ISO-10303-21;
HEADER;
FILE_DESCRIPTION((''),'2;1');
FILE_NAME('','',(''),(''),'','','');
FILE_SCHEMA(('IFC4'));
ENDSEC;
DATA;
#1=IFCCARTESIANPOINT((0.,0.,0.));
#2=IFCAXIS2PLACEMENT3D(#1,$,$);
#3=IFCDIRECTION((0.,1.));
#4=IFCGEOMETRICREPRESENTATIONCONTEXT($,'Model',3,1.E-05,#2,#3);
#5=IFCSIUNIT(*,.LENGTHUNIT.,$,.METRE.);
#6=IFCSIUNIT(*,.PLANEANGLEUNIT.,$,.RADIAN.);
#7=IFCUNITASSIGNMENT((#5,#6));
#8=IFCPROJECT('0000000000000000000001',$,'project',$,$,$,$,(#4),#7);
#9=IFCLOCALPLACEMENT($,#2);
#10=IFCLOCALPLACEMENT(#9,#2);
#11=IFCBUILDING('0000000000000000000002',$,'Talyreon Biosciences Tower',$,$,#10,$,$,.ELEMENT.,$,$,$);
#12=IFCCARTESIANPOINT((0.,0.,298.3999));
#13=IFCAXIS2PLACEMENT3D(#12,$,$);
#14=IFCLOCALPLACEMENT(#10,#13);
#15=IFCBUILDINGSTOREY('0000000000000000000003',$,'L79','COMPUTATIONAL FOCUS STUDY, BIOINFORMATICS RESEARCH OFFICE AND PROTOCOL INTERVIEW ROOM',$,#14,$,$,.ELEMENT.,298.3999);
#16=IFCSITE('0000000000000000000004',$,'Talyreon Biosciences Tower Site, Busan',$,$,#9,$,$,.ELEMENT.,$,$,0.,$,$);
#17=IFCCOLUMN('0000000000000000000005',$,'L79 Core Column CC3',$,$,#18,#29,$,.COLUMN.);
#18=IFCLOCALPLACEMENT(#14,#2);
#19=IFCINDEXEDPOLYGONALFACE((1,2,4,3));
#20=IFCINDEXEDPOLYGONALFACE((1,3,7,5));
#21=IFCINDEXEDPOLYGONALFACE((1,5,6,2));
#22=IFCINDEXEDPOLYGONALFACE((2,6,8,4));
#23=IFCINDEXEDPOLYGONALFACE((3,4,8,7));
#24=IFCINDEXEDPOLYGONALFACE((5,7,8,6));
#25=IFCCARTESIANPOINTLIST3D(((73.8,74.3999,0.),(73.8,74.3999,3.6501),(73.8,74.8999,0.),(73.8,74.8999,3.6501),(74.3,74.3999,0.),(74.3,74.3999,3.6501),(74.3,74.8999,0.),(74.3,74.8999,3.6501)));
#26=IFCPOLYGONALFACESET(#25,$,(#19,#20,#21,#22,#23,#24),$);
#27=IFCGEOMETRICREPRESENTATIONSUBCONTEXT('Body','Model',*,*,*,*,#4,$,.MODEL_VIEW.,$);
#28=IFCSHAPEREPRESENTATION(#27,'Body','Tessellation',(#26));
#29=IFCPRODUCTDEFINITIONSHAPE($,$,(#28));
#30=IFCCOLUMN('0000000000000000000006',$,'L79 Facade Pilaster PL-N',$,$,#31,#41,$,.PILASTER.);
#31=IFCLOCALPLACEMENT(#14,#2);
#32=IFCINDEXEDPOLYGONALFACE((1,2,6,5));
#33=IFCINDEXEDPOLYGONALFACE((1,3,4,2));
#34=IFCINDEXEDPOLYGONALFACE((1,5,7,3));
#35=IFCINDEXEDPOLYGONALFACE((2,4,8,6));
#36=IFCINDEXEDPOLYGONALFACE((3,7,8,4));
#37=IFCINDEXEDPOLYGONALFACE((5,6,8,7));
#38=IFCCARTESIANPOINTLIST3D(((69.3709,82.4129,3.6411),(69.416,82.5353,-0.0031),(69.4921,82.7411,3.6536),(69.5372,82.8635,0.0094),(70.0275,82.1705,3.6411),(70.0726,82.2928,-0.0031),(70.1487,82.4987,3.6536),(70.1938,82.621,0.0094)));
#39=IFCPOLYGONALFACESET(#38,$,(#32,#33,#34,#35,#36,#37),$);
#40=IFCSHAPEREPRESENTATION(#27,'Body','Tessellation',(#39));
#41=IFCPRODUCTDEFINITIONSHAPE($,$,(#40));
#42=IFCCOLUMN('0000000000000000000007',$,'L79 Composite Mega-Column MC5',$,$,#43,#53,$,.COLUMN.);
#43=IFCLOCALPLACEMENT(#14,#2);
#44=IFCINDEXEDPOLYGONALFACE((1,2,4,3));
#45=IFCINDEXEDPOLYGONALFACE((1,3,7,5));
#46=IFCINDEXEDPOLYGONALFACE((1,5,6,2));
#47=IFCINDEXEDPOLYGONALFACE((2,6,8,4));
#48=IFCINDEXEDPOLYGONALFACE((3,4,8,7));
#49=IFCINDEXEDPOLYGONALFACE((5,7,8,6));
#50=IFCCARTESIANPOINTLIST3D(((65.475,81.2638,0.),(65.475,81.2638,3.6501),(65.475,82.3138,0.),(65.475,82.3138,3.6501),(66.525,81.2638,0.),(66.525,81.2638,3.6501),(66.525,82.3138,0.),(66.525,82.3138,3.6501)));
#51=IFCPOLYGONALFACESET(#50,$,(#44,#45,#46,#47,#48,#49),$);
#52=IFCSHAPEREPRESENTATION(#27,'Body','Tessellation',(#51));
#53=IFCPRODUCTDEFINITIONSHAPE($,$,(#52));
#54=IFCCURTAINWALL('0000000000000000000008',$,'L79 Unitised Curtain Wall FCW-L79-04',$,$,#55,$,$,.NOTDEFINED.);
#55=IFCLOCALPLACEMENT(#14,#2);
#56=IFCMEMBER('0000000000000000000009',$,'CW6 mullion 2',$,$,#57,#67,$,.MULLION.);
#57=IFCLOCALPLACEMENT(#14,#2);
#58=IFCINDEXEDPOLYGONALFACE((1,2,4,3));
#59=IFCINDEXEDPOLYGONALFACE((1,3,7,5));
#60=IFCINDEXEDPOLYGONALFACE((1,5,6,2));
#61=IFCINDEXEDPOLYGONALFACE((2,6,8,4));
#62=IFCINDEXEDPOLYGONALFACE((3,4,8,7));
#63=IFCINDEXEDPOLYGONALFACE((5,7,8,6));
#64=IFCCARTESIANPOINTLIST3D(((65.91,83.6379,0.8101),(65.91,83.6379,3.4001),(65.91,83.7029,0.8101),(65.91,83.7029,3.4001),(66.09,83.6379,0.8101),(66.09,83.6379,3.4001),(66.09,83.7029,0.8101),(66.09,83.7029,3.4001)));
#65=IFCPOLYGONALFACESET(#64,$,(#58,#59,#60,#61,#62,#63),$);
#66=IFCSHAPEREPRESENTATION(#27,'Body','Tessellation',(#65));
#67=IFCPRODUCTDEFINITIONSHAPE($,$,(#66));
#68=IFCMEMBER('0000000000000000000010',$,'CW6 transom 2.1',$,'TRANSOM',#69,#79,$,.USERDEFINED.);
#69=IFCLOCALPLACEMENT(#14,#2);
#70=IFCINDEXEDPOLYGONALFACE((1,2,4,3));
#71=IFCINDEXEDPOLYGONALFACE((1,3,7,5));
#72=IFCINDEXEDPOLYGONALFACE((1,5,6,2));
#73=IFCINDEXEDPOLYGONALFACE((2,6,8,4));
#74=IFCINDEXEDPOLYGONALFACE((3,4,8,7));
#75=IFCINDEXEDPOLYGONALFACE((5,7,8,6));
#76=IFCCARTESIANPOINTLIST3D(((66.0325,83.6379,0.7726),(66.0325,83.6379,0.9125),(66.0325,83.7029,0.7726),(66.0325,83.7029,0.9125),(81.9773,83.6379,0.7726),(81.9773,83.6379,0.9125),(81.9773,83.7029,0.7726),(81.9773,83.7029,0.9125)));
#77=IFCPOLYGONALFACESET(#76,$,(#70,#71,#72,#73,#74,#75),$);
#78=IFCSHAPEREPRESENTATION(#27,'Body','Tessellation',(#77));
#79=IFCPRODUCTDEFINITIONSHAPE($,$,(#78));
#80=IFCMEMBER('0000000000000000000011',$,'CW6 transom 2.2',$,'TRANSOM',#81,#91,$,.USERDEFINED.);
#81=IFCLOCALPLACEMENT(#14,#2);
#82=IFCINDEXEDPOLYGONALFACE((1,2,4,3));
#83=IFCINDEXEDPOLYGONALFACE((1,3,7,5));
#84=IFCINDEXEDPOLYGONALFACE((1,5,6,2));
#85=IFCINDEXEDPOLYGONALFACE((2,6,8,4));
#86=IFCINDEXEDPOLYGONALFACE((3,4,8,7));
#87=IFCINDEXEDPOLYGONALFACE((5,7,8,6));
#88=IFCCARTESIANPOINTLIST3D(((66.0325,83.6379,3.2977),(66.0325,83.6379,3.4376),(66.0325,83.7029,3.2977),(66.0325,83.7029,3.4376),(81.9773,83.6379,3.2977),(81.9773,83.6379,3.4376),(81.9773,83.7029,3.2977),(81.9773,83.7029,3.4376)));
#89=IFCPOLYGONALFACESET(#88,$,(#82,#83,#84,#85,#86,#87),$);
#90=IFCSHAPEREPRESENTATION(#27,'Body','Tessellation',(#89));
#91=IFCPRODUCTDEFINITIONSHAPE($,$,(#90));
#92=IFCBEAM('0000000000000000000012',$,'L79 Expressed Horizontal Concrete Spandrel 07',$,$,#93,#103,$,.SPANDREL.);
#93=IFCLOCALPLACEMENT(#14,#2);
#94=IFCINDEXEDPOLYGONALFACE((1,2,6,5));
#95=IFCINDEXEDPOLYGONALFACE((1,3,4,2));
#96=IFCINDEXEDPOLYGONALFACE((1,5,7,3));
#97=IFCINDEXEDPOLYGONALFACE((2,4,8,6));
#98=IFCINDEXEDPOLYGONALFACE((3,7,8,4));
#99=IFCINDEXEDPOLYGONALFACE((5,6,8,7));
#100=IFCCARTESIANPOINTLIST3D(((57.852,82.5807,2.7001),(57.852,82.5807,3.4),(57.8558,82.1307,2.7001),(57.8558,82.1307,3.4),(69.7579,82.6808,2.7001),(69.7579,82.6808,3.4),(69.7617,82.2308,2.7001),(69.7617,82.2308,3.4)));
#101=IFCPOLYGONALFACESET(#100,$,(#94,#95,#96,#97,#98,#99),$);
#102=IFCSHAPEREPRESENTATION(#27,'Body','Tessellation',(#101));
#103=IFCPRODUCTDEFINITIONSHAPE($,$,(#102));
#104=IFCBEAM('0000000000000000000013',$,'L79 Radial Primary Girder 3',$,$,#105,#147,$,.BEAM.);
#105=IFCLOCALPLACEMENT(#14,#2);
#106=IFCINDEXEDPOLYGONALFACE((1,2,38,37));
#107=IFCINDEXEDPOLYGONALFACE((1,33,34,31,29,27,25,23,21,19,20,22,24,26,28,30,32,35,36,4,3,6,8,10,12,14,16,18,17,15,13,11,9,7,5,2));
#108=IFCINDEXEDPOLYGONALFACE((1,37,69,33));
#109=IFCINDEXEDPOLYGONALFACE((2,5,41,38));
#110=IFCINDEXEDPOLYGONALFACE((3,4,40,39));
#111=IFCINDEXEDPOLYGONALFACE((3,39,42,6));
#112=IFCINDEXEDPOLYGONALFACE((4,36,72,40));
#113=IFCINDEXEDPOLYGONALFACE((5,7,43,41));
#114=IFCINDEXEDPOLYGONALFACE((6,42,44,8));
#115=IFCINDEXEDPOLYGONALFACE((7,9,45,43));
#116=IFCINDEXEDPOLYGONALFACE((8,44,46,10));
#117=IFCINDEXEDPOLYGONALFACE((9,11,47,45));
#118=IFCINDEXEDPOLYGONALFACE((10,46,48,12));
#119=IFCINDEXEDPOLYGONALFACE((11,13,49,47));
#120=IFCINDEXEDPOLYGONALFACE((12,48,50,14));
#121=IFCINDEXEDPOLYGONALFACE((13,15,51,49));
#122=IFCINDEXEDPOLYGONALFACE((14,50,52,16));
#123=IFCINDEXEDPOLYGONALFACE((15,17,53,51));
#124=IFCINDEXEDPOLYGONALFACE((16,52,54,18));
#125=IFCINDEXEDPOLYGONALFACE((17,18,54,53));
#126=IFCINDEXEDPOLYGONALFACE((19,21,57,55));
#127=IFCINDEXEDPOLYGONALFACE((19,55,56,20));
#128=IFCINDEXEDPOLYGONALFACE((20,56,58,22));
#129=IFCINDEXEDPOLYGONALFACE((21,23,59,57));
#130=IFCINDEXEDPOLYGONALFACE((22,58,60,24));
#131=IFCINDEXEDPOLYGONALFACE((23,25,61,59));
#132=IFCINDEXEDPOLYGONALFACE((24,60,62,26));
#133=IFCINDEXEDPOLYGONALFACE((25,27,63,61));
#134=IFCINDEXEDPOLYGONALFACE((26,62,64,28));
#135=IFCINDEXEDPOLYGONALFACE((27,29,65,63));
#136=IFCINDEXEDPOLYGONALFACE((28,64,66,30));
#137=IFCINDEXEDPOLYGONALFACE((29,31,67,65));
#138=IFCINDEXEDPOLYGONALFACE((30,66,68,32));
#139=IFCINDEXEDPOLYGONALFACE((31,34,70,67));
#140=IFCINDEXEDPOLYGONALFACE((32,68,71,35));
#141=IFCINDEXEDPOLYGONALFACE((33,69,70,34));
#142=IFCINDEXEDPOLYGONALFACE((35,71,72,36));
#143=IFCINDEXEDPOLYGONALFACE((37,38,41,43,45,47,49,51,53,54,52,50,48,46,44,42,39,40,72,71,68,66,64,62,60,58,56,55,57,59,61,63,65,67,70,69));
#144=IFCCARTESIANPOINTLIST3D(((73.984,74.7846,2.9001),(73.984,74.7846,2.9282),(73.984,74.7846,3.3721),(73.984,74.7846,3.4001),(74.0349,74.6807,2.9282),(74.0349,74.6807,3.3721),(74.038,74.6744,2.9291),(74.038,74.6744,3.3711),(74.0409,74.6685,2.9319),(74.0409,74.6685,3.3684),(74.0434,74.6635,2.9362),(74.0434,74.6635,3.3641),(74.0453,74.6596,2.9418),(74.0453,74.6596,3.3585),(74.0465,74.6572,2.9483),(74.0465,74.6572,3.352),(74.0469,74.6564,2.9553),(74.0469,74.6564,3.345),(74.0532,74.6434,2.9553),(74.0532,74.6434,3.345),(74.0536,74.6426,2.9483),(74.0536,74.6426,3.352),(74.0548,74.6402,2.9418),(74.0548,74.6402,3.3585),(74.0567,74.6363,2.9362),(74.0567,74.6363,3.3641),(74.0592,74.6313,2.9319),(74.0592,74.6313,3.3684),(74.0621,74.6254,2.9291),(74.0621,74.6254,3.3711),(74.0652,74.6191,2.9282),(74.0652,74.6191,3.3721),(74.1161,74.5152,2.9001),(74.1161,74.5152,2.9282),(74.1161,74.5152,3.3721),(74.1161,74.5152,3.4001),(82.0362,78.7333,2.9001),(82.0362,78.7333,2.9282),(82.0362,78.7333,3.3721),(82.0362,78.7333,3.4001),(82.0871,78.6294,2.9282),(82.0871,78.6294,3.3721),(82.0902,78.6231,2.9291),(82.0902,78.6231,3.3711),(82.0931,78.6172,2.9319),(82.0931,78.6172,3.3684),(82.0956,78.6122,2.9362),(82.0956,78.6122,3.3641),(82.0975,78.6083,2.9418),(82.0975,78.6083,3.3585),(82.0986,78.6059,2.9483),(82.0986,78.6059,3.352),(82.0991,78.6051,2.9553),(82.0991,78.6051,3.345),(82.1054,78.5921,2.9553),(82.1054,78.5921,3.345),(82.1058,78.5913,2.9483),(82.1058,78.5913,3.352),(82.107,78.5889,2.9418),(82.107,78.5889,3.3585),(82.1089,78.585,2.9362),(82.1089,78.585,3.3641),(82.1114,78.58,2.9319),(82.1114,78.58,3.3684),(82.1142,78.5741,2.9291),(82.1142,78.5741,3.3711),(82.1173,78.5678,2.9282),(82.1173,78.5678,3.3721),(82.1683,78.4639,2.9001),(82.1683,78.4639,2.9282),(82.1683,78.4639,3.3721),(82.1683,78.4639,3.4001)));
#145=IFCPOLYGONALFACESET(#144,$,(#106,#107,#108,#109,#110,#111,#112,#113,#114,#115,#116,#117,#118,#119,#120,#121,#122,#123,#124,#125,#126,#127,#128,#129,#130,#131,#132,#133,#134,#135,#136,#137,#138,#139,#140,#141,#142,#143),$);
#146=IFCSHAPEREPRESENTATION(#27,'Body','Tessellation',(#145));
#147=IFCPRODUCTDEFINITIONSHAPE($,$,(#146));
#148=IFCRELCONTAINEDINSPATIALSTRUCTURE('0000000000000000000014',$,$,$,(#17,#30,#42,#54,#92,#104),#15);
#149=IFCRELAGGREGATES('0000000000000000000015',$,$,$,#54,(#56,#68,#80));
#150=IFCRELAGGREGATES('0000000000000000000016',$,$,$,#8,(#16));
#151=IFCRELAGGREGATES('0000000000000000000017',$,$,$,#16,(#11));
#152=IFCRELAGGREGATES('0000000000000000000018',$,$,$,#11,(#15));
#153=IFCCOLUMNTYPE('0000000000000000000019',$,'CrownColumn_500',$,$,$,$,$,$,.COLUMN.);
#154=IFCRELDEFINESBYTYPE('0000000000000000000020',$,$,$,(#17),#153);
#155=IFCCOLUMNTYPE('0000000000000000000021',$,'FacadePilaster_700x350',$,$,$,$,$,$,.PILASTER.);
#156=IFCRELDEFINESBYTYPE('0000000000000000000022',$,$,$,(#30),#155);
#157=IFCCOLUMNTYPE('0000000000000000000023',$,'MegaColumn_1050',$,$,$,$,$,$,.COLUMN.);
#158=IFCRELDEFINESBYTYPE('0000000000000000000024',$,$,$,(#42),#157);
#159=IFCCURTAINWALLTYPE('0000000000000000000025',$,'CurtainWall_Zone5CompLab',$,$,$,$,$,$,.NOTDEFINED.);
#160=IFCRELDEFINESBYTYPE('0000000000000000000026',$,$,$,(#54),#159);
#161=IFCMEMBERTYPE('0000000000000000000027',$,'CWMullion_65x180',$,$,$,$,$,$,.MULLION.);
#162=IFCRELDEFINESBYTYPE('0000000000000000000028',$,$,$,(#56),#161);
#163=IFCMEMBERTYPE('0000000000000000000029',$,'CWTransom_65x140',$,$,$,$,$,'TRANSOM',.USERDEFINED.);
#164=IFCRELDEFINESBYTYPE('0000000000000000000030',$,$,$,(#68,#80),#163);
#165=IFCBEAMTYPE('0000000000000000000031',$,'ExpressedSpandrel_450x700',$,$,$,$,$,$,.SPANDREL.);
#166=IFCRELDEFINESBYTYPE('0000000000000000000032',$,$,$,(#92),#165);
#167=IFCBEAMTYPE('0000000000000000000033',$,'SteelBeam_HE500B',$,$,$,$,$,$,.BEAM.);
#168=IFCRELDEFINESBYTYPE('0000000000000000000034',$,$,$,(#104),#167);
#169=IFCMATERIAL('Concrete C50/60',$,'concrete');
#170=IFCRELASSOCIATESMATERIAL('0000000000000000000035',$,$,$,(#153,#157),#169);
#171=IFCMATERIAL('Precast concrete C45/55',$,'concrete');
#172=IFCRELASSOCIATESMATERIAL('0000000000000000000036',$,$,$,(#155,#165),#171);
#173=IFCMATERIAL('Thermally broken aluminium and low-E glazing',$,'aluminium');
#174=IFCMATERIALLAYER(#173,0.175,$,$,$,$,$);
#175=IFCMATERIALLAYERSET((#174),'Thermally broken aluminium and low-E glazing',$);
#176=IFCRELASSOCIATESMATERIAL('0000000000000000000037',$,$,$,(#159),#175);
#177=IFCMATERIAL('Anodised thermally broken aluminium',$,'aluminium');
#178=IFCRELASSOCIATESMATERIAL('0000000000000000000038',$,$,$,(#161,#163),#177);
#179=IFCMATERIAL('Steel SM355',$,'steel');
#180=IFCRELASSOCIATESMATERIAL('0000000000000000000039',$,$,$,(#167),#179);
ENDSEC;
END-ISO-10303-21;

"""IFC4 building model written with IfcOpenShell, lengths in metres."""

from ifc_helpers import new_model, si_unit, direction, frame, origin, origin_2d, place, context, subcontext, project, spatial, rectangle, i_section, extrude, material, layer, layer_set, material_profile, profile_set, type_object, element, aggregate, save


model = new_model("IFC4")

# Units and contexts
model_context = context("Model", 3, precision=1e-05, world=origin(), true_north=direction((0.0, 1.0)))
body_context = subcontext(model_context, "Body", "Model", "MODEL_VIEW")
ifc_project = project(units=[si_unit("LENGTHUNIT", "METRE"), si_unit("PLANEANGLEUNIT", "RADIAN")], contexts=[model_context])

# Site, building, storey
site_placement = place(None, origin())
site = spatial("IfcSite", under=ifc_project, at=site_placement, Name="Talyreon Biosciences Tower Site, Busan", CompositionType="ELEMENT", RefElevation=0.0)
building_placement = place(site_placement, origin())
building = spatial("IfcBuilding", under=site, at=building_placement, Name="Talyreon Biosciences Tower", CompositionType="ELEMENT")
storey_placement = place(building_placement, frame((0.0, 0.0, 298.3999)))
storey = spatial("IfcBuildingStorey", under=building, at=storey_placement, Name="L79", Description="COMPUTATIONAL FOCUS STUDY, BIOINFORMATICS RESEARCH OFFICE AND PROTOCOL INTERVIEW ROOM", CompositionType="ELEMENT", Elevation=298.3999)

# Columns
ifc_material_1 = material(Name="Concrete C50/60", Category="concrete")
ifc_material_profile_1 = material_profile(ifc_material_1, rectangle(XDim=0.5, YDim=0.5, at=origin_2d()), Name="RC 500x500")
ifc_profile_set_1 = profile_set([ifc_material_profile_1], Name="Concrete C50/60")
column_type_1 = type_object("IfcColumnType", Name="CrownColumn_500", PredefinedType="COLUMN", material=ifc_profile_set_1)
column_1_placement = place(storey_placement, frame((74.05, 74.6499, 0.0), z_axis=(0.0, 0.0, 1.0), x_axis=(1.0, 0.0, 0.0)))
element("IfcColumn", 1, at=column_1_placement, inside=storey, type_object=column_type_1, Name="L79 Core Column CC3", PredefinedType="COLUMN", context=body_context, shape_type="SweptSolid", body=[
    extrude(rectangle(XDim=0.5, YDim=0.5, at=origin_2d()), origin(), (0.0, 0.0, 1.0), 3.6501),
])
ifc_material_2 = material(Name="Precast concrete C45/55", Category="concrete")
ifc_material_profile_2 = material_profile(ifc_material_2, rectangle(XDim=0.7, YDim=0.3501, at=origin_2d()), Name="RC 700x350")
ifc_profile_set_2 = profile_set([ifc_material_profile_2], Name="Precast concrete C45/55")
column_type_2 = type_object("IfcColumnType", Name="FacadePilaster_700x350", PredefinedType="PILASTER", material=ifc_profile_set_2)
column_2_placement = place(storey_placement, frame((69.8049, 82.5781, 0.0032), z_axis=(-0.012387, -0.033544, 0.99936), x_axis=(-0.938087, 0.346399, 0.0)))
element("IfcColumn", 2, at=column_2_placement, inside=storey, type_object=column_type_2, Name="L79 Facade Pilaster PL-N", PredefinedType="PILASTER", context=body_context, shape_type="SweptSolid", body=[
    extrude(rectangle(XDim=0.7, YDim=0.3501, at=origin_2d()), origin(), (0.0, 0.0, 1.0), 3.6465),
])
ifc_material_profile_3 = material_profile(ifc_material_1, rectangle(XDim=1.05, YDim=1.05, at=origin_2d()), Name="RC 1050x1050")
ifc_profile_set_3 = profile_set([ifc_material_profile_3], Name="Concrete C50/60")
column_type_3 = type_object("IfcColumnType", Name="MegaColumn_1050", PredefinedType="COLUMN", material=ifc_profile_set_3)
column_3_placement = place(storey_placement, frame((66.0, 81.7888, 0.0), z_axis=(0.0, 0.0, 1.0), x_axis=(1.0, 0.0, 0.0)))
element("IfcColumn", 3, at=column_3_placement, inside=storey, type_object=column_type_3, Name="L79 Composite Mega-Column MC5", PredefinedType="COLUMN", context=body_context, shape_type="SweptSolid", body=[
    extrude(rectangle(XDim=1.05, YDim=1.05, at=origin_2d()), origin(), (0.0, 0.0, 1.0), 3.6501),
])

# Curtain wall, members
ifc_material_3 = material(Name="Thermally broken aluminium and low-E glazing", Category="aluminium")
ifc_layer_1 = layer(ifc_material_3, 0.175)
ifc_layer_set_1 = layer_set([ifc_layer_1], Name="Thermally broken aluminium and low-E glazing")
curtain_wall_type = type_object("IfcCurtainWallType", Name="CurtainWall_Zone5CompLab", PredefinedType="NOTDEFINED", material=ifc_layer_set_1)
curtain_wall_placement = place(storey_placement, origin())
curtain_wall = element("IfcCurtainWall", 4, at=curtain_wall_placement, inside=storey, type_object=curtain_wall_type, Name="L79 Unitised Curtain Wall FCW-L79-04", PredefinedType="NOTDEFINED")
ifc_material_4 = material(Name="Anodised thermally broken aluminium", Category="aluminium")
ifc_material_profile_4 = material_profile(ifc_material_4, rectangle(XDim=0.0649, YDim=0.1799, at=origin_2d()), Name="ALUM MULLION 65x180")
ifc_profile_set_4 = profile_set([ifc_material_profile_4], Name="Anodised thermally broken aluminium")
member_type_1 = type_object("IfcMemberType", Name="CWMullion_65x180", PredefinedType="MULLION", material=ifc_profile_set_4)
member_1_placement = place(storey_placement, frame((66.0, 83.6704, 0.8101), z_axis=(0.0, 0.0, 1.0), x_axis=(0.0, 1.0, 0.0)))
member_1 = element("IfcMember", 5, at=member_1_placement, type_object=member_type_1, Name="CW6 mullion 2", PredefinedType="MULLION", context=body_context, shape_type="SweptSolid", body=[
    extrude(rectangle(XDim=0.0649, YDim=0.1799, at=origin_2d()), origin(), (0.0, 0.0, 1.0), 2.5901),
])
ifc_material_profile_5 = material_profile(ifc_material_4, rectangle(XDim=0.0649, YDim=0.1399, at=origin_2d()), Name="ALUM TRANSOM 65x140")
ifc_profile_set_5 = profile_set([ifc_material_profile_5], Name="Anodised thermally broken aluminium")
member_type_2 = type_object("IfcMemberType", Name="CWTransom_65x140", ElementType="TRANSOM", PredefinedType="USERDEFINED", material=ifc_profile_set_5)
member_2_placement = place(storey_placement, frame((66.0325, 83.6704, 0.8425), z_axis=(1.0, 0.0, 0.0), x_axis=(0.0, 1.0, 0.0)))
member_2 = element("IfcMember", 6, at=member_2_placement, type_object=member_type_2, Name="CW6 transom 2.1", ObjectType="TRANSOM", PredefinedType="USERDEFINED", context=body_context, shape_type="SweptSolid", body=[
    extrude(rectangle(XDim=0.0649, YDim=0.1399, at=origin_2d()), origin(), (0.0, 0.0, 1.0), 15.9448),
])
member_3_placement = place(storey_placement, frame((66.0325, 83.6704, 3.3677), z_axis=(1.0, 0.0, 0.0), x_axis=(0.0, 1.0, 0.0)))
member_3 = element("IfcMember", 7, at=member_3_placement, type_object=member_type_2, Name="CW6 transom 2.2", ObjectType="TRANSOM", PredefinedType="USERDEFINED", context=body_context, shape_type="SweptSolid", body=[
    extrude(rectangle(XDim=0.0649, YDim=0.1399, at=origin_2d()), origin(), (0.0, 0.0, 1.0), 15.9448),
])

# Beams
ifc_material_profile_6 = material_profile(ifc_material_2, rectangle(XDim=0.45, YDim=0.7, at=origin_2d()), Name="RCB 450x700")
ifc_profile_set_6 = profile_set([ifc_material_profile_6], Name="Precast concrete C45/55")
beam_type_1 = type_object("IfcBeamType", Name="ExpressedSpandrel_450x700", PredefinedType="SPANDREL", material=ifc_profile_set_6)
beam_1_placement = place(storey_placement, frame((69.7598, 82.4558, 3.05), z_axis=(-0.999965, -0.008407, 0.0), x_axis=(0.008407, -0.999965, 0.0)))
element("IfcBeam", 8, at=beam_1_placement, inside=storey, type_object=beam_type_1, Name="L79 Expressed Horizontal Concrete Spandrel 07", PredefinedType="SPANDREL", context=body_context, shape_type="SweptSolid", body=[
    extrude(rectangle(XDim=0.45, YDim=0.7, at=origin_2d()), origin(), (0.0, 0.0, 1.0), 11.9062),
])
ifc_material_5 = material(Name="Steel SM355", Category="steel")
ifc_material_profile_7 = material_profile(ifc_material_5, i_section(OverallWidth=0.3, OverallDepth=0.5, WebThickness=0.0144, FlangeThickness=0.0281, FilletRadius=0.0271, at=origin_2d()), Name="HE500B")
ifc_profile_set_7 = profile_set([ifc_material_profile_7], Name="Steel SM355")
beam_type_2 = type_object("IfcBeamType", Name="SteelBeam_HE500B", PredefinedType="BEAM", material=ifc_profile_set_7)
beam_2_placement = place(storey_placement, frame((74.05, 74.6499, 3.1501), z_axis=(0.897852, 0.440297, 0.0), x_axis=(-0.440297, 0.897852, 0.0)))
element("IfcBeam", 9, at=beam_2_placement, inside=storey, type_object=beam_type_2, Name="L79 Radial Primary Girder 3", PredefinedType="BEAM", context=body_context, shape_type="SweptSolid", body=[
    extrude(i_section(OverallWidth=0.3, OverallDepth=0.5, WebThickness=0.0144, FlangeThickness=0.0281, FilletRadius=0.0271, at=origin_2d()), origin(), (0.0, 0.0, 1.0), 8.9683),
])

aggregate(curtain_wall, [member_1, member_2, member_3])

save(model, "model.ifc")
